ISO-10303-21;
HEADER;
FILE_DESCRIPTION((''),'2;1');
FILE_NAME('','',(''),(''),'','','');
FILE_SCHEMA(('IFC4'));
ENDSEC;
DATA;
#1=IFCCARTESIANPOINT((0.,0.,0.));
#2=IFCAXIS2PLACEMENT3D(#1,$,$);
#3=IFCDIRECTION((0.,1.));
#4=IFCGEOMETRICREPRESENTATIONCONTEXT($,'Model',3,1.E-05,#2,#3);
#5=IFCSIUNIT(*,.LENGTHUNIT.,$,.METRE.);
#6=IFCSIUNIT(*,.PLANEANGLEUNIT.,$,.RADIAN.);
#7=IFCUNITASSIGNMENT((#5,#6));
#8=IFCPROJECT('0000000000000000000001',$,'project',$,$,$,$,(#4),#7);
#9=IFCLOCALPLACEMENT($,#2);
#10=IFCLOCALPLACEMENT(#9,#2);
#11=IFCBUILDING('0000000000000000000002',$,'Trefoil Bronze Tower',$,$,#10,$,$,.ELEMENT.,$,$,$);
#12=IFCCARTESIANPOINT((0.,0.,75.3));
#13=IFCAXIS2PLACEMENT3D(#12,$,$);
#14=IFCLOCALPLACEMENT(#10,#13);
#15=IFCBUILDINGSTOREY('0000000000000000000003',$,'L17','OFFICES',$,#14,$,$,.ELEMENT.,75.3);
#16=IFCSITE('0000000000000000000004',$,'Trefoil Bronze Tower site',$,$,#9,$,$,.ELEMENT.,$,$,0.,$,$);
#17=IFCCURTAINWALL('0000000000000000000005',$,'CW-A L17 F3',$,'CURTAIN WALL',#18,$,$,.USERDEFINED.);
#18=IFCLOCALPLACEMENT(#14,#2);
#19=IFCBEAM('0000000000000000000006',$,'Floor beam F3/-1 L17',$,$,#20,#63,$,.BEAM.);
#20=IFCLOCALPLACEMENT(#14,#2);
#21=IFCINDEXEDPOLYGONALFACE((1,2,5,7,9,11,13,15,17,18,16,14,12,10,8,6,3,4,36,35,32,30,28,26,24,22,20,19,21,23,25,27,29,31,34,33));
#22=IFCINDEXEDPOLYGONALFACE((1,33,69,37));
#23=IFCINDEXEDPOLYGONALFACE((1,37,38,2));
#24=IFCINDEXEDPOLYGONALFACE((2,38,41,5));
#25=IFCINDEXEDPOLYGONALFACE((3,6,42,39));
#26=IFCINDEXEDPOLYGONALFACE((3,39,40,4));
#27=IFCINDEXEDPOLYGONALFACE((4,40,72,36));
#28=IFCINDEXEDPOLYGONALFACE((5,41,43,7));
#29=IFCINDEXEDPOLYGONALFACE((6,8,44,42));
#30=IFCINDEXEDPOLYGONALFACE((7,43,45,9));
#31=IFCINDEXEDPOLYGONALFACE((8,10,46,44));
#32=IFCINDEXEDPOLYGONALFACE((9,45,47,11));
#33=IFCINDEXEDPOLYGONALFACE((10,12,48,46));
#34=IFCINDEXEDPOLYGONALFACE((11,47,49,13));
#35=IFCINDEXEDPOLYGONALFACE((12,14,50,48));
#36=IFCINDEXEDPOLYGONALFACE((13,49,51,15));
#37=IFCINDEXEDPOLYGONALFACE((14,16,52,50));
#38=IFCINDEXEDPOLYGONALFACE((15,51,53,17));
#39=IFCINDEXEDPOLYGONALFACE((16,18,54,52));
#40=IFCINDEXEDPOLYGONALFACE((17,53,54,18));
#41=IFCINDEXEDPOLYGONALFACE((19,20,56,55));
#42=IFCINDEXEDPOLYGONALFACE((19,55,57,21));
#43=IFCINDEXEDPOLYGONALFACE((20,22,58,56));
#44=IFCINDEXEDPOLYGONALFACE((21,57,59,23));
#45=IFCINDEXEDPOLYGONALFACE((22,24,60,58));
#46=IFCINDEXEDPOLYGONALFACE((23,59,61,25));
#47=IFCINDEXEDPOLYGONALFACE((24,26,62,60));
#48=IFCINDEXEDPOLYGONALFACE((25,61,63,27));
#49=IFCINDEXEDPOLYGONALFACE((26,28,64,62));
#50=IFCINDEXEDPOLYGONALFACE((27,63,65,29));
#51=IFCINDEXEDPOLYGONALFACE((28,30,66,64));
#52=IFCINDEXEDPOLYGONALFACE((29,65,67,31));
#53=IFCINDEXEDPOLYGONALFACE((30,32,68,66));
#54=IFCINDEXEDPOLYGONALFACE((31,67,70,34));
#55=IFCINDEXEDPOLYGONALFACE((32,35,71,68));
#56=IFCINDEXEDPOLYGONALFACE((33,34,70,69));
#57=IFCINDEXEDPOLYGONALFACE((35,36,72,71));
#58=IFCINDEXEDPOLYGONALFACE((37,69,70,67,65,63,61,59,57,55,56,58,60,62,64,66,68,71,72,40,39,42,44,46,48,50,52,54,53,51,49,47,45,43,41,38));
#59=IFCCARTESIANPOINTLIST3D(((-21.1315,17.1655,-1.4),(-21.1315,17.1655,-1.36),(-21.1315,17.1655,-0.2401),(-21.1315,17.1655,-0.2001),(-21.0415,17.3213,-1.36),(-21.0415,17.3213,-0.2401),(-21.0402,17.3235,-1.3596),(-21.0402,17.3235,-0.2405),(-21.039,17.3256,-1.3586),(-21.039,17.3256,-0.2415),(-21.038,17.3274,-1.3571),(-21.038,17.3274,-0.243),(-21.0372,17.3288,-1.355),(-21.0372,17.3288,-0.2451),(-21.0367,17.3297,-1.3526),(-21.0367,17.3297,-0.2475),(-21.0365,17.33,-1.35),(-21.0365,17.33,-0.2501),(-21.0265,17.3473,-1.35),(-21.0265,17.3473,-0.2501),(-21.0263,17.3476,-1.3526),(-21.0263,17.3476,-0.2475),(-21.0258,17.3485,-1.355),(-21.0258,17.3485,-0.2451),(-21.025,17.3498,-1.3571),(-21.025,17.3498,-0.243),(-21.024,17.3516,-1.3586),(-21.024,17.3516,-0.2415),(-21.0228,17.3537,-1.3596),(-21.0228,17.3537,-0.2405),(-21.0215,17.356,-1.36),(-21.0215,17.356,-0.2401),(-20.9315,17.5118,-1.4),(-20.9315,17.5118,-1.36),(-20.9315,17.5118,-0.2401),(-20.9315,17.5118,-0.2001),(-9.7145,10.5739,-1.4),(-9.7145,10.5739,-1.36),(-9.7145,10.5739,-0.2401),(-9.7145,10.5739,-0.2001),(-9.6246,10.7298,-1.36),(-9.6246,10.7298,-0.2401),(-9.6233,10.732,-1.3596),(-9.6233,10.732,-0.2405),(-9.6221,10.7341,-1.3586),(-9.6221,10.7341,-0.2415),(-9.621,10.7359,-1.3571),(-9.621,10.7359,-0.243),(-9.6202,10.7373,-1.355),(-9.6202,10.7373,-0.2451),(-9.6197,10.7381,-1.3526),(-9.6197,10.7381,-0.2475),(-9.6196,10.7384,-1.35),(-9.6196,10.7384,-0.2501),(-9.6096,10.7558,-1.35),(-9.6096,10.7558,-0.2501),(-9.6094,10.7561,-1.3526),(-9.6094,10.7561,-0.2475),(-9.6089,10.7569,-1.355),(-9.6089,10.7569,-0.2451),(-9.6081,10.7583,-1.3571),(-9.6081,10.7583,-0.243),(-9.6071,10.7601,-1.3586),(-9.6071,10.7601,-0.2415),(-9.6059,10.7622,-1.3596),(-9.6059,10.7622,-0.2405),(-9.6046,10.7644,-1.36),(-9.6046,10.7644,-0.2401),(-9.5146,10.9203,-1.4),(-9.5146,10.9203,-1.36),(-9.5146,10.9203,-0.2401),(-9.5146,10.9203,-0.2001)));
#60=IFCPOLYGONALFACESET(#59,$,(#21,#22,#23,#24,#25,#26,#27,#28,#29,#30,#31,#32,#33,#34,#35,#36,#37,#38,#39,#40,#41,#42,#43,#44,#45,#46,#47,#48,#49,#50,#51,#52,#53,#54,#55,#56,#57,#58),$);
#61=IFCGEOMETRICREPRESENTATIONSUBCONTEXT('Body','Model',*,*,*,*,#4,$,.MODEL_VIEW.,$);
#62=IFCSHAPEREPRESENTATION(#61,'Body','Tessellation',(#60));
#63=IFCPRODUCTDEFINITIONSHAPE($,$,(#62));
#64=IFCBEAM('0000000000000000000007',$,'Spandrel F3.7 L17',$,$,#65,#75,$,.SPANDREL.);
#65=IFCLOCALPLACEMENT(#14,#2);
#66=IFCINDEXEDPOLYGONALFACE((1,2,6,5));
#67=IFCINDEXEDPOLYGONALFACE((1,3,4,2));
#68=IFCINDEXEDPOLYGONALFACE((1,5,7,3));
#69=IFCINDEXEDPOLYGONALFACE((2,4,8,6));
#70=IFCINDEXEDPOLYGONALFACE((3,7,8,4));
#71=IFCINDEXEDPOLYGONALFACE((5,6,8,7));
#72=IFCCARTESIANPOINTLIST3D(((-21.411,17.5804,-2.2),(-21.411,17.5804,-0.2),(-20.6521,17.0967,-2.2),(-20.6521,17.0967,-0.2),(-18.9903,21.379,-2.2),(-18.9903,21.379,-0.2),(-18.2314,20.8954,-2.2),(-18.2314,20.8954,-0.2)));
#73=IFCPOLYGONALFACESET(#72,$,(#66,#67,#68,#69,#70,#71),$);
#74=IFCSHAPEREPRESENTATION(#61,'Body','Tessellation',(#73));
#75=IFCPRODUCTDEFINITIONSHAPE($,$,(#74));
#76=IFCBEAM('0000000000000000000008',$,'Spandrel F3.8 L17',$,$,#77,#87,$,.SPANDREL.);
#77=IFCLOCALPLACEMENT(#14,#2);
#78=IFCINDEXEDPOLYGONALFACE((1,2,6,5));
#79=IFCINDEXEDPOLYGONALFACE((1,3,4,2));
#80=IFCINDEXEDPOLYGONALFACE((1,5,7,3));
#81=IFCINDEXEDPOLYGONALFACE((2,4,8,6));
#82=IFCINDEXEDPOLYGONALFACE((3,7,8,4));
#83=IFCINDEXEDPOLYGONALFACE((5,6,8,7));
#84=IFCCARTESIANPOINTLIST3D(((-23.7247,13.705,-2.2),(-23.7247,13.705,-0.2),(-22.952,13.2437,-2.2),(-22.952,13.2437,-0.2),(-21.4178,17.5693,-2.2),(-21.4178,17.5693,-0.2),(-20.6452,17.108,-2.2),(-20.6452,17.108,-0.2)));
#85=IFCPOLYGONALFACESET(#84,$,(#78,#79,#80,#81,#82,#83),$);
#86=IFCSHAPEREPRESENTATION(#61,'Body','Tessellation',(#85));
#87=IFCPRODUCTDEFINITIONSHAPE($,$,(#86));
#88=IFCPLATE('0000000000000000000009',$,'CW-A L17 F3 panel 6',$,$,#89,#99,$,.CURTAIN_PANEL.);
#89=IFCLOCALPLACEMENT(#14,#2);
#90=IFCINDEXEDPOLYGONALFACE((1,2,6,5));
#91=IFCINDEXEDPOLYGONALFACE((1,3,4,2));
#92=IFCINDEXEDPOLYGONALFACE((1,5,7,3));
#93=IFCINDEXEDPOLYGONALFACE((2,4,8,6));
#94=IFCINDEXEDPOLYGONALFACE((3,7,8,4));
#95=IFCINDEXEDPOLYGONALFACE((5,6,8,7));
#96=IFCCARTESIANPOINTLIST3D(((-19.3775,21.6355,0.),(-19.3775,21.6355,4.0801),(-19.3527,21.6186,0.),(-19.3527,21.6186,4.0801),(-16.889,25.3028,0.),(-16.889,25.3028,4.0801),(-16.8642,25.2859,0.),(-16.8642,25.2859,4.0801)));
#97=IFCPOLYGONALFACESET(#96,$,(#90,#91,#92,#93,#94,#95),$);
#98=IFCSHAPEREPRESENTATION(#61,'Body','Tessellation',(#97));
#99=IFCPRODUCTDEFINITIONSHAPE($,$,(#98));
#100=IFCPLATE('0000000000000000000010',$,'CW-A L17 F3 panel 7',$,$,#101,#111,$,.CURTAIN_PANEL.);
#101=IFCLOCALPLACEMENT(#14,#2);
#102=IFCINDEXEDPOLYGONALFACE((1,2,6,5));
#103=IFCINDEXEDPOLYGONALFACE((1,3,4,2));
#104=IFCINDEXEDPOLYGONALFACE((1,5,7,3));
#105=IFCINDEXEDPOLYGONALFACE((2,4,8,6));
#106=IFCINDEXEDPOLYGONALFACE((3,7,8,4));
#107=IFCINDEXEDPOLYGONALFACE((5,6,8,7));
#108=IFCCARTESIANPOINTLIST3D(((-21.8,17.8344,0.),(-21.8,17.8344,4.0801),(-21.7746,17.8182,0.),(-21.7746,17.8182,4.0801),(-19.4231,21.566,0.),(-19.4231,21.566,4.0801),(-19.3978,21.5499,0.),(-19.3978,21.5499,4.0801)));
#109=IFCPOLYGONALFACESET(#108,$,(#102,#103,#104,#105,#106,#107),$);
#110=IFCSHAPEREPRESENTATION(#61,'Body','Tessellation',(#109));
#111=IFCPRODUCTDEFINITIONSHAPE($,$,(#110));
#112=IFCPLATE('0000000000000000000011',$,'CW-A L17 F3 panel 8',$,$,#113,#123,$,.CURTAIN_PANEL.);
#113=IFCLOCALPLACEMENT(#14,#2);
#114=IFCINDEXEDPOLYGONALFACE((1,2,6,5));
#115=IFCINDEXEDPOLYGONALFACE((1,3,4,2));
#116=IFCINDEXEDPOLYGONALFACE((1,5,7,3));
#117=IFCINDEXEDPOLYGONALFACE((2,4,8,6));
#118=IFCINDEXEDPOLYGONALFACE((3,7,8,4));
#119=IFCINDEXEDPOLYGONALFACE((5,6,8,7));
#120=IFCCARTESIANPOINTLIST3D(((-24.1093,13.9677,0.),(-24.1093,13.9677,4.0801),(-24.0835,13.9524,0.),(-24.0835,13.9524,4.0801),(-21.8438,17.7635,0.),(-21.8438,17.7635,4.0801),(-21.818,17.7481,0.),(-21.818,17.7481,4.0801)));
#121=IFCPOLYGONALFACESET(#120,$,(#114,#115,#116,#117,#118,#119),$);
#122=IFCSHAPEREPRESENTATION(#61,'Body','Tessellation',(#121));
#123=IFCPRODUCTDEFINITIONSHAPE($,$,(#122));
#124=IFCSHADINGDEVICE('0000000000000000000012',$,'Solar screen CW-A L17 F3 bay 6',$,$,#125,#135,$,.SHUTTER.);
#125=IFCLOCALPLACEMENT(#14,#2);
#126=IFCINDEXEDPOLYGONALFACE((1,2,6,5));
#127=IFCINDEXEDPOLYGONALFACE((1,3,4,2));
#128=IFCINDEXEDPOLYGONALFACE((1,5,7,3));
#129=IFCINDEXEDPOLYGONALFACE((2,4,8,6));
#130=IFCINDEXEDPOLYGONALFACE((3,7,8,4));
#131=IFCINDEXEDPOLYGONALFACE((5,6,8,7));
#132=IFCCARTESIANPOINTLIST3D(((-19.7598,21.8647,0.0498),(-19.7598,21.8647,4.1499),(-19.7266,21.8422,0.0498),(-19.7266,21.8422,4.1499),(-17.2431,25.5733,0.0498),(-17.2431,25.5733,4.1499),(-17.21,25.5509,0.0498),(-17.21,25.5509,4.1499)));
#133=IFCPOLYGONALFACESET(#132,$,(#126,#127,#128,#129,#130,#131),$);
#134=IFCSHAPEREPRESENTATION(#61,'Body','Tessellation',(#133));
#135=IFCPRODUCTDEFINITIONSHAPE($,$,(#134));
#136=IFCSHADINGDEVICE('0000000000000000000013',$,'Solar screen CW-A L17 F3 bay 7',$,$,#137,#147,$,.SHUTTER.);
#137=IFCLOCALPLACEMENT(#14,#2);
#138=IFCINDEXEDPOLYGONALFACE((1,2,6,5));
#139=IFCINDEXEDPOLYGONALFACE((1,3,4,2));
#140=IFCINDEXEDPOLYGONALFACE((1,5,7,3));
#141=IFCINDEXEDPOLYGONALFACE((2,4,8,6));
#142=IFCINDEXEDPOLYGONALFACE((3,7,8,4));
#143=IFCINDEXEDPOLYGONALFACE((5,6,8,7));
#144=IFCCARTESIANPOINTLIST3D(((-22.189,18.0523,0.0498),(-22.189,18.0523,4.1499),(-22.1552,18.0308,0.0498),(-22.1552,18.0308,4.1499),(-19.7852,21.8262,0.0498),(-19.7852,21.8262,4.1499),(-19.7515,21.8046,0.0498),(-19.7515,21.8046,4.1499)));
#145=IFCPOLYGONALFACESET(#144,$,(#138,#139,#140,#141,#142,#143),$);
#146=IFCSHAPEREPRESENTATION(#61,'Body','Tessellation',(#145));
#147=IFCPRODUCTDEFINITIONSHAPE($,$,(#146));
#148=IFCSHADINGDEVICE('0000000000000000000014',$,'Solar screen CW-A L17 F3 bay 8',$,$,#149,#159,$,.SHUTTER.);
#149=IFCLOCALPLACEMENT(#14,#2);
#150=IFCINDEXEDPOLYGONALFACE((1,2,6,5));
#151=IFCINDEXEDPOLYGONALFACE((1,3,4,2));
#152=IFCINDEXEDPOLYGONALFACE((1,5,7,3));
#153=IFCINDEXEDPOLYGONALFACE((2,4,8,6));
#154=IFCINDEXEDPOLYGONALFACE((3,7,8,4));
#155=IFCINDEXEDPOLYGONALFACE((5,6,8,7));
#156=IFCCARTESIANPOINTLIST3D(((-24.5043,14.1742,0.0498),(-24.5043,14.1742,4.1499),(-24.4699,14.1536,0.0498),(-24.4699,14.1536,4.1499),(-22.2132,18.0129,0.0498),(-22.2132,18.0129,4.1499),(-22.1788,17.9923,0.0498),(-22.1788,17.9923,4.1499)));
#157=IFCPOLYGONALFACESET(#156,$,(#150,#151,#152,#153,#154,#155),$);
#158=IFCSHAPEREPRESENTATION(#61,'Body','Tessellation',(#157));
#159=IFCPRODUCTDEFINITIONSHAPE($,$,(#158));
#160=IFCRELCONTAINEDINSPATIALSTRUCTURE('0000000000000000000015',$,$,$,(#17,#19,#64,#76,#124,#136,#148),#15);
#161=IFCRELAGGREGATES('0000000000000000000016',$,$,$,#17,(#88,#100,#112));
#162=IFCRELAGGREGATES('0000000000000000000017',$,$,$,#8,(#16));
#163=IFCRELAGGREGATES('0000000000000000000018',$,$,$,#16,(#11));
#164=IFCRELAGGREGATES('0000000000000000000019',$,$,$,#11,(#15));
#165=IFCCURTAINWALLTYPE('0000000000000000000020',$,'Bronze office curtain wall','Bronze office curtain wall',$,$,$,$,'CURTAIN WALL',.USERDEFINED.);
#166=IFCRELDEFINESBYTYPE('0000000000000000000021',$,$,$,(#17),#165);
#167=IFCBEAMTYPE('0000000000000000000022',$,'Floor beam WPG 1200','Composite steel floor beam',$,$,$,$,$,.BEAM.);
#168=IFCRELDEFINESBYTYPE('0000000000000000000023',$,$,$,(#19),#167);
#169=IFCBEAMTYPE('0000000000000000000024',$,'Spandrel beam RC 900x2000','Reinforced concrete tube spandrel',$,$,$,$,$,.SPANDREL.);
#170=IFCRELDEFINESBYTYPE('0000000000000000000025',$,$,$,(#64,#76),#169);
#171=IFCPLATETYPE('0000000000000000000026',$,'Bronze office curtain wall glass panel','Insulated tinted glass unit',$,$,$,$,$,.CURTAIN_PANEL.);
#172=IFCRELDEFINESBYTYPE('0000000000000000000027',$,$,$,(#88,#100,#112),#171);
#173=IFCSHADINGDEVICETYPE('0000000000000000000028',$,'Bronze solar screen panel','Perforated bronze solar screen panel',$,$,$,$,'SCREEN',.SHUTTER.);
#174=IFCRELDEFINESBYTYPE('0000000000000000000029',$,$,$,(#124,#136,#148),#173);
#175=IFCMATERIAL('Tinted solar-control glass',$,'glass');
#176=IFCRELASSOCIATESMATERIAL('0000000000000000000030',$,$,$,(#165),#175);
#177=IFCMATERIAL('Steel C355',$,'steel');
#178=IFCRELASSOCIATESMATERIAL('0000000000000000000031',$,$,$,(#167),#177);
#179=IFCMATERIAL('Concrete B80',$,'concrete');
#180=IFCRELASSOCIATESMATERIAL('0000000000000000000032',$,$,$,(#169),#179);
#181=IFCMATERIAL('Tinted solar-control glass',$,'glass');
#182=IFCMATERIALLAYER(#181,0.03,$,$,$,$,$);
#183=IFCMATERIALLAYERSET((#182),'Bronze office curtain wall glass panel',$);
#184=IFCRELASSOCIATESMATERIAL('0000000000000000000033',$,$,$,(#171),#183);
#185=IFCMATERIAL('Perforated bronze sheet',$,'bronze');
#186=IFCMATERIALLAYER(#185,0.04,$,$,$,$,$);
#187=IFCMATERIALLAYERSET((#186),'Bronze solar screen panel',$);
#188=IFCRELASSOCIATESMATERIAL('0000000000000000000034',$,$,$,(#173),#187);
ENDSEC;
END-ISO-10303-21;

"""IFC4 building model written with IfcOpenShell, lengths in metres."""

from ifc_helpers import new_model, si_unit, direction, frame, origin, origin_2d, place, context, subcontext, project, spatial, rectangle, i_section, extrude, material, layer, layer_set, material_profile, profile_set, type_object, element, aggregate, save


model = new_model("IFC4")

# Units and contexts
model_context = context("Model", 3, precision=1e-05, world=origin(), true_north=direction((0.0, 1.0)))
body_context = subcontext(model_context, "Body", "Model", "MODEL_VIEW")
ifc_project = project(units=[si_unit("LENGTHUNIT", "METRE"), si_unit("PLANEANGLEUNIT", "RADIAN")], contexts=[model_context])

# Site, building, storey
site_placement = place(None, origin())
site = spatial("IfcSite", under=ifc_project, at=site_placement, Name="Trefoil Bronze Tower site", CompositionType="ELEMENT", RefElevation=0.0)
building_placement = place(site_placement, origin())
building = spatial("IfcBuilding", under=site, at=building_placement, Name="Trefoil Bronze Tower", CompositionType="ELEMENT")
storey_placement = place(building_placement, frame((0.0, 0.0, 75.3)))
storey = spatial("IfcBuildingStorey", under=building, at=storey_placement, Name="L17", Description="OFFICES", CompositionType="ELEMENT", Elevation=75.3)

# Curtain wall
ifc_material_1 = material(Name="Tinted solar-control glass", Category="glass")
curtain_wall_type = type_object("IfcCurtainWallType", Name="Bronze office curtain wall", Description="Bronze office curtain wall", ElementType="CURTAIN WALL", PredefinedType="USERDEFINED", material=ifc_material_1)
curtain_wall_placement = place(storey_placement, origin())
curtain_wall = element("IfcCurtainWall", 1, at=curtain_wall_placement, inside=storey, type_object=curtain_wall_type, Name="CW-A L17 F3", ObjectType="CURTAIN WALL", PredefinedType="USERDEFINED")

# Beams
ifc_material_2 = material(Name="Steel C355", Category="steel")
ifc_material_profile_1 = material_profile(ifc_material_2, i_section(OverallWidth=0.3999, OverallDepth=1.2, WebThickness=0.02, FlangeThickness=0.04, FilletRadius=0.01, at=origin_2d()), Name="WPG 1200")
ifc_profile_set_1 = profile_set([ifc_material_profile_1], Name="Steel C355")
beam_type_1 = type_object("IfcBeamType", Name="Floor beam WPG 1200", Description="Composite steel floor beam", PredefinedType="BEAM", material=ifc_profile_set_1)
beam_1_placement = place(storey_placement, frame((-21.0315, 17.3386, -0.8), z_axis=(0.866027, -0.499997, 0.0), x_axis=(0.499997, 0.866027, 0.0)))
element("IfcBeam", 2, at=beam_1_placement, inside=storey, type_object=beam_type_1, Name="Floor beam F3/-1 L17", PredefinedType="BEAM", context=body_context, shape_type="SweptSolid", body=[
    extrude(i_section(OverallWidth=0.3999, OverallDepth=1.2, WebThickness=0.02, FlangeThickness=0.04, FilletRadius=0.01, at=origin_2d()), origin(), (0.0, 0.0, 1.0), 13.1831),
])
ifc_material_3 = material(Name="Concrete B80", Category="concrete")
ifc_material_profile_2 = material_profile(ifc_material_3, rectangle(XDim=0.8999, YDim=2.0, at=origin_2d()), Name="RC 900x2000")
ifc_profile_set_2 = profile_set([ifc_material_profile_2], Name="Concrete B80")
beam_type_2 = type_object("IfcBeamType", Name="Spandrel beam RC 900x2000", Description="Reinforced concrete tube spandrel", PredefinedType="SPANDREL", material=ifc_profile_set_2)
beam_2_placement = place(storey_placement, frame((-18.6108, 21.1372, -1.2), z_axis=(-0.537408, -0.843322, 0.0), x_axis=(0.843322, -0.537408, 0.0)))
element("IfcBeam", 3, at=beam_2_placement, inside=storey, type_object=beam_type_2, Name="Spandrel F3.7 L17", PredefinedType="SPANDREL", context=body_context, shape_type="SweptSolid", body=[
    extrude(rectangle(XDim=0.8999, YDim=2.0, at=origin_2d()), origin(), (0.0, 0.0, 1.0), 4.5044),
])
beam_3_placement = place(storey_placement, frame((-21.0315, 17.3386, -1.2), z_axis=(-0.512588, -0.858635, 0.0), x_axis=(0.858635, -0.512588, 0.0)))
element("IfcBeam", 4, at=beam_3_placement, inside=storey, type_object=beam_type_2, Name="Spandrel F3.8 L17", PredefinedType="SPANDREL", context=body_context, shape_type="SweptSolid", body=[
    extrude(rectangle(XDim=0.8999, YDim=2.0, at=origin_2d()), origin(), (0.0, 0.0, 1.0), 4.5005),
])

# Plates
ifc_material_4 = material(Name="Tinted solar-control glass", Category="glass")
ifc_layer_1 = layer(ifc_material_4, 0.03)
ifc_layer_set_1 = layer_set([ifc_layer_1], Name="Bronze office curtain wall glass panel")
plate_type = type_object("IfcPlateType", Name="Bronze office curtain wall glass panel", Description="Insulated tinted glass unit", PredefinedType="CURTAIN_PANEL", material=ifc_layer_set_1)
plate_1_placement = place(storey_placement, frame((-18.1208, 23.4607, 0.0), z_axis=(0.0, 0.0, 1.0), x_axis=(-0.56151, -0.82747, 0.0)))
plate_1 = element("IfcPlate", 5, at=plate_1_placement, type_object=plate_type, Name="CW-A L17 F3 panel 6", PredefinedType="CURTAIN_PANEL", context=body_context, shape_type="SweptSolid", body=[
    extrude(rectangle(XDim=4.4319, YDim=0.03, at=origin_2d()), origin(), (0.0, 0.0, 1.0), 4.0801),
])
plate_2_placement = place(storey_placement, frame((-20.5989, 19.6921, 0.0), z_axis=(0.0, 0.0, 1.0), x_axis=(-0.537222, -0.843441, 0.0)))
plate_2 = element("IfcPlate", 6, at=plate_2_placement, type_object=plate_type, Name="CW-A L17 F3 panel 7", PredefinedType="CURTAIN_PANEL", context=body_context, shape_type="SweptSolid", body=[
    extrude(rectangle(XDim=4.4243, YDim=0.03, at=origin_2d()), origin(), (0.0, 0.0, 1.0), 4.0801),
])
plate_3_placement = place(storey_placement, frame((-22.9636, 15.8579, 0.0), z_axis=(0.0, 0.0, 1.0), x_axis=(-0.512513, -0.85868, 0.0)))
plate_3 = element("IfcPlate", 7, at=plate_3_placement, type_object=plate_type, Name="CW-A L17 F3 panel 8", PredefinedType="CURTAIN_PANEL", context=body_context, shape_type="SweptSolid", body=[
    extrude(rectangle(XDim=4.4204, YDim=0.03, at=origin_2d()), origin(), (0.0, 0.0, 1.0), 4.0801),
])
aggregate(curtain_wall, [plate_1, plate_2, plate_3])

# Shading devices
ifc_material_5 = material(Name="Perforated bronze sheet", Category="bronze")
ifc_layer_2 = layer(ifc_material_5, 0.04)
ifc_layer_set_2 = layer_set([ifc_layer_2], Name="Bronze solar screen panel")
shading_device_type = type_object("IfcShadingDeviceType", Name="Bronze solar screen panel", Description="Perforated bronze solar screen panel", ElementType="SCREEN", PredefinedType="SHUTTER", material=ifc_layer_set_2)
shading_device_1_placement = place(storey_placement, frame((-18.4849, 23.7078, 0.0498), z_axis=(0.0, 0.0, 1.0), x_axis=(-0.56151, -0.82747, 0.0)))
element("IfcShadingDevice", 8, at=shading_device_1_placement, inside=storey, type_object=shading_device_type, Name="Solar screen CW-A L17 F3 bay 6", PredefinedType="SHUTTER", context=body_context, shape_type="SweptSolid", body=[
    extrude(rectangle(XDim=4.4819, YDim=0.04, at=origin_2d()), origin(), (0.0, 0.0, 1.0), 4.1001),
])
shading_device_2_placement = place(storey_placement, frame((-20.9702, 19.9285, 0.0498), z_axis=(0.0, 0.0, 1.0), x_axis=(-0.537222, -0.843441, 0.0)))
element("IfcShadingDevice", 9, at=shading_device_2_placement, inside=storey, type_object=shading_device_type, Name="Solar screen CW-A L17 F3 bay 7", PredefinedType="SHUTTER", context=body_context, shape_type="SweptSolid", body=[
    extrude(rectangle(XDim=4.4744, YDim=0.04, at=origin_2d()), origin(), (0.0, 0.0, 1.0), 4.1001),
])
shading_device_3_placement = place(storey_placement, frame((-23.3416, 16.0833, 0.0498), z_axis=(0.0, 0.0, 1.0), x_axis=(-0.512513, -0.85868, 0.0)))
element("IfcShadingDevice", 10, at=shading_device_3_placement, inside=storey, type_object=shading_device_type, Name="Solar screen CW-A L17 F3 bay 8", PredefinedType="SHUTTER", context=body_context, shape_type="SweptSolid", body=[
    extrude(rectangle(XDim=4.4705, YDim=0.04, at=origin_2d()), origin(), (0.0, 0.0, 1.0), 4.1001),
])

save(model, "model.ifc")
